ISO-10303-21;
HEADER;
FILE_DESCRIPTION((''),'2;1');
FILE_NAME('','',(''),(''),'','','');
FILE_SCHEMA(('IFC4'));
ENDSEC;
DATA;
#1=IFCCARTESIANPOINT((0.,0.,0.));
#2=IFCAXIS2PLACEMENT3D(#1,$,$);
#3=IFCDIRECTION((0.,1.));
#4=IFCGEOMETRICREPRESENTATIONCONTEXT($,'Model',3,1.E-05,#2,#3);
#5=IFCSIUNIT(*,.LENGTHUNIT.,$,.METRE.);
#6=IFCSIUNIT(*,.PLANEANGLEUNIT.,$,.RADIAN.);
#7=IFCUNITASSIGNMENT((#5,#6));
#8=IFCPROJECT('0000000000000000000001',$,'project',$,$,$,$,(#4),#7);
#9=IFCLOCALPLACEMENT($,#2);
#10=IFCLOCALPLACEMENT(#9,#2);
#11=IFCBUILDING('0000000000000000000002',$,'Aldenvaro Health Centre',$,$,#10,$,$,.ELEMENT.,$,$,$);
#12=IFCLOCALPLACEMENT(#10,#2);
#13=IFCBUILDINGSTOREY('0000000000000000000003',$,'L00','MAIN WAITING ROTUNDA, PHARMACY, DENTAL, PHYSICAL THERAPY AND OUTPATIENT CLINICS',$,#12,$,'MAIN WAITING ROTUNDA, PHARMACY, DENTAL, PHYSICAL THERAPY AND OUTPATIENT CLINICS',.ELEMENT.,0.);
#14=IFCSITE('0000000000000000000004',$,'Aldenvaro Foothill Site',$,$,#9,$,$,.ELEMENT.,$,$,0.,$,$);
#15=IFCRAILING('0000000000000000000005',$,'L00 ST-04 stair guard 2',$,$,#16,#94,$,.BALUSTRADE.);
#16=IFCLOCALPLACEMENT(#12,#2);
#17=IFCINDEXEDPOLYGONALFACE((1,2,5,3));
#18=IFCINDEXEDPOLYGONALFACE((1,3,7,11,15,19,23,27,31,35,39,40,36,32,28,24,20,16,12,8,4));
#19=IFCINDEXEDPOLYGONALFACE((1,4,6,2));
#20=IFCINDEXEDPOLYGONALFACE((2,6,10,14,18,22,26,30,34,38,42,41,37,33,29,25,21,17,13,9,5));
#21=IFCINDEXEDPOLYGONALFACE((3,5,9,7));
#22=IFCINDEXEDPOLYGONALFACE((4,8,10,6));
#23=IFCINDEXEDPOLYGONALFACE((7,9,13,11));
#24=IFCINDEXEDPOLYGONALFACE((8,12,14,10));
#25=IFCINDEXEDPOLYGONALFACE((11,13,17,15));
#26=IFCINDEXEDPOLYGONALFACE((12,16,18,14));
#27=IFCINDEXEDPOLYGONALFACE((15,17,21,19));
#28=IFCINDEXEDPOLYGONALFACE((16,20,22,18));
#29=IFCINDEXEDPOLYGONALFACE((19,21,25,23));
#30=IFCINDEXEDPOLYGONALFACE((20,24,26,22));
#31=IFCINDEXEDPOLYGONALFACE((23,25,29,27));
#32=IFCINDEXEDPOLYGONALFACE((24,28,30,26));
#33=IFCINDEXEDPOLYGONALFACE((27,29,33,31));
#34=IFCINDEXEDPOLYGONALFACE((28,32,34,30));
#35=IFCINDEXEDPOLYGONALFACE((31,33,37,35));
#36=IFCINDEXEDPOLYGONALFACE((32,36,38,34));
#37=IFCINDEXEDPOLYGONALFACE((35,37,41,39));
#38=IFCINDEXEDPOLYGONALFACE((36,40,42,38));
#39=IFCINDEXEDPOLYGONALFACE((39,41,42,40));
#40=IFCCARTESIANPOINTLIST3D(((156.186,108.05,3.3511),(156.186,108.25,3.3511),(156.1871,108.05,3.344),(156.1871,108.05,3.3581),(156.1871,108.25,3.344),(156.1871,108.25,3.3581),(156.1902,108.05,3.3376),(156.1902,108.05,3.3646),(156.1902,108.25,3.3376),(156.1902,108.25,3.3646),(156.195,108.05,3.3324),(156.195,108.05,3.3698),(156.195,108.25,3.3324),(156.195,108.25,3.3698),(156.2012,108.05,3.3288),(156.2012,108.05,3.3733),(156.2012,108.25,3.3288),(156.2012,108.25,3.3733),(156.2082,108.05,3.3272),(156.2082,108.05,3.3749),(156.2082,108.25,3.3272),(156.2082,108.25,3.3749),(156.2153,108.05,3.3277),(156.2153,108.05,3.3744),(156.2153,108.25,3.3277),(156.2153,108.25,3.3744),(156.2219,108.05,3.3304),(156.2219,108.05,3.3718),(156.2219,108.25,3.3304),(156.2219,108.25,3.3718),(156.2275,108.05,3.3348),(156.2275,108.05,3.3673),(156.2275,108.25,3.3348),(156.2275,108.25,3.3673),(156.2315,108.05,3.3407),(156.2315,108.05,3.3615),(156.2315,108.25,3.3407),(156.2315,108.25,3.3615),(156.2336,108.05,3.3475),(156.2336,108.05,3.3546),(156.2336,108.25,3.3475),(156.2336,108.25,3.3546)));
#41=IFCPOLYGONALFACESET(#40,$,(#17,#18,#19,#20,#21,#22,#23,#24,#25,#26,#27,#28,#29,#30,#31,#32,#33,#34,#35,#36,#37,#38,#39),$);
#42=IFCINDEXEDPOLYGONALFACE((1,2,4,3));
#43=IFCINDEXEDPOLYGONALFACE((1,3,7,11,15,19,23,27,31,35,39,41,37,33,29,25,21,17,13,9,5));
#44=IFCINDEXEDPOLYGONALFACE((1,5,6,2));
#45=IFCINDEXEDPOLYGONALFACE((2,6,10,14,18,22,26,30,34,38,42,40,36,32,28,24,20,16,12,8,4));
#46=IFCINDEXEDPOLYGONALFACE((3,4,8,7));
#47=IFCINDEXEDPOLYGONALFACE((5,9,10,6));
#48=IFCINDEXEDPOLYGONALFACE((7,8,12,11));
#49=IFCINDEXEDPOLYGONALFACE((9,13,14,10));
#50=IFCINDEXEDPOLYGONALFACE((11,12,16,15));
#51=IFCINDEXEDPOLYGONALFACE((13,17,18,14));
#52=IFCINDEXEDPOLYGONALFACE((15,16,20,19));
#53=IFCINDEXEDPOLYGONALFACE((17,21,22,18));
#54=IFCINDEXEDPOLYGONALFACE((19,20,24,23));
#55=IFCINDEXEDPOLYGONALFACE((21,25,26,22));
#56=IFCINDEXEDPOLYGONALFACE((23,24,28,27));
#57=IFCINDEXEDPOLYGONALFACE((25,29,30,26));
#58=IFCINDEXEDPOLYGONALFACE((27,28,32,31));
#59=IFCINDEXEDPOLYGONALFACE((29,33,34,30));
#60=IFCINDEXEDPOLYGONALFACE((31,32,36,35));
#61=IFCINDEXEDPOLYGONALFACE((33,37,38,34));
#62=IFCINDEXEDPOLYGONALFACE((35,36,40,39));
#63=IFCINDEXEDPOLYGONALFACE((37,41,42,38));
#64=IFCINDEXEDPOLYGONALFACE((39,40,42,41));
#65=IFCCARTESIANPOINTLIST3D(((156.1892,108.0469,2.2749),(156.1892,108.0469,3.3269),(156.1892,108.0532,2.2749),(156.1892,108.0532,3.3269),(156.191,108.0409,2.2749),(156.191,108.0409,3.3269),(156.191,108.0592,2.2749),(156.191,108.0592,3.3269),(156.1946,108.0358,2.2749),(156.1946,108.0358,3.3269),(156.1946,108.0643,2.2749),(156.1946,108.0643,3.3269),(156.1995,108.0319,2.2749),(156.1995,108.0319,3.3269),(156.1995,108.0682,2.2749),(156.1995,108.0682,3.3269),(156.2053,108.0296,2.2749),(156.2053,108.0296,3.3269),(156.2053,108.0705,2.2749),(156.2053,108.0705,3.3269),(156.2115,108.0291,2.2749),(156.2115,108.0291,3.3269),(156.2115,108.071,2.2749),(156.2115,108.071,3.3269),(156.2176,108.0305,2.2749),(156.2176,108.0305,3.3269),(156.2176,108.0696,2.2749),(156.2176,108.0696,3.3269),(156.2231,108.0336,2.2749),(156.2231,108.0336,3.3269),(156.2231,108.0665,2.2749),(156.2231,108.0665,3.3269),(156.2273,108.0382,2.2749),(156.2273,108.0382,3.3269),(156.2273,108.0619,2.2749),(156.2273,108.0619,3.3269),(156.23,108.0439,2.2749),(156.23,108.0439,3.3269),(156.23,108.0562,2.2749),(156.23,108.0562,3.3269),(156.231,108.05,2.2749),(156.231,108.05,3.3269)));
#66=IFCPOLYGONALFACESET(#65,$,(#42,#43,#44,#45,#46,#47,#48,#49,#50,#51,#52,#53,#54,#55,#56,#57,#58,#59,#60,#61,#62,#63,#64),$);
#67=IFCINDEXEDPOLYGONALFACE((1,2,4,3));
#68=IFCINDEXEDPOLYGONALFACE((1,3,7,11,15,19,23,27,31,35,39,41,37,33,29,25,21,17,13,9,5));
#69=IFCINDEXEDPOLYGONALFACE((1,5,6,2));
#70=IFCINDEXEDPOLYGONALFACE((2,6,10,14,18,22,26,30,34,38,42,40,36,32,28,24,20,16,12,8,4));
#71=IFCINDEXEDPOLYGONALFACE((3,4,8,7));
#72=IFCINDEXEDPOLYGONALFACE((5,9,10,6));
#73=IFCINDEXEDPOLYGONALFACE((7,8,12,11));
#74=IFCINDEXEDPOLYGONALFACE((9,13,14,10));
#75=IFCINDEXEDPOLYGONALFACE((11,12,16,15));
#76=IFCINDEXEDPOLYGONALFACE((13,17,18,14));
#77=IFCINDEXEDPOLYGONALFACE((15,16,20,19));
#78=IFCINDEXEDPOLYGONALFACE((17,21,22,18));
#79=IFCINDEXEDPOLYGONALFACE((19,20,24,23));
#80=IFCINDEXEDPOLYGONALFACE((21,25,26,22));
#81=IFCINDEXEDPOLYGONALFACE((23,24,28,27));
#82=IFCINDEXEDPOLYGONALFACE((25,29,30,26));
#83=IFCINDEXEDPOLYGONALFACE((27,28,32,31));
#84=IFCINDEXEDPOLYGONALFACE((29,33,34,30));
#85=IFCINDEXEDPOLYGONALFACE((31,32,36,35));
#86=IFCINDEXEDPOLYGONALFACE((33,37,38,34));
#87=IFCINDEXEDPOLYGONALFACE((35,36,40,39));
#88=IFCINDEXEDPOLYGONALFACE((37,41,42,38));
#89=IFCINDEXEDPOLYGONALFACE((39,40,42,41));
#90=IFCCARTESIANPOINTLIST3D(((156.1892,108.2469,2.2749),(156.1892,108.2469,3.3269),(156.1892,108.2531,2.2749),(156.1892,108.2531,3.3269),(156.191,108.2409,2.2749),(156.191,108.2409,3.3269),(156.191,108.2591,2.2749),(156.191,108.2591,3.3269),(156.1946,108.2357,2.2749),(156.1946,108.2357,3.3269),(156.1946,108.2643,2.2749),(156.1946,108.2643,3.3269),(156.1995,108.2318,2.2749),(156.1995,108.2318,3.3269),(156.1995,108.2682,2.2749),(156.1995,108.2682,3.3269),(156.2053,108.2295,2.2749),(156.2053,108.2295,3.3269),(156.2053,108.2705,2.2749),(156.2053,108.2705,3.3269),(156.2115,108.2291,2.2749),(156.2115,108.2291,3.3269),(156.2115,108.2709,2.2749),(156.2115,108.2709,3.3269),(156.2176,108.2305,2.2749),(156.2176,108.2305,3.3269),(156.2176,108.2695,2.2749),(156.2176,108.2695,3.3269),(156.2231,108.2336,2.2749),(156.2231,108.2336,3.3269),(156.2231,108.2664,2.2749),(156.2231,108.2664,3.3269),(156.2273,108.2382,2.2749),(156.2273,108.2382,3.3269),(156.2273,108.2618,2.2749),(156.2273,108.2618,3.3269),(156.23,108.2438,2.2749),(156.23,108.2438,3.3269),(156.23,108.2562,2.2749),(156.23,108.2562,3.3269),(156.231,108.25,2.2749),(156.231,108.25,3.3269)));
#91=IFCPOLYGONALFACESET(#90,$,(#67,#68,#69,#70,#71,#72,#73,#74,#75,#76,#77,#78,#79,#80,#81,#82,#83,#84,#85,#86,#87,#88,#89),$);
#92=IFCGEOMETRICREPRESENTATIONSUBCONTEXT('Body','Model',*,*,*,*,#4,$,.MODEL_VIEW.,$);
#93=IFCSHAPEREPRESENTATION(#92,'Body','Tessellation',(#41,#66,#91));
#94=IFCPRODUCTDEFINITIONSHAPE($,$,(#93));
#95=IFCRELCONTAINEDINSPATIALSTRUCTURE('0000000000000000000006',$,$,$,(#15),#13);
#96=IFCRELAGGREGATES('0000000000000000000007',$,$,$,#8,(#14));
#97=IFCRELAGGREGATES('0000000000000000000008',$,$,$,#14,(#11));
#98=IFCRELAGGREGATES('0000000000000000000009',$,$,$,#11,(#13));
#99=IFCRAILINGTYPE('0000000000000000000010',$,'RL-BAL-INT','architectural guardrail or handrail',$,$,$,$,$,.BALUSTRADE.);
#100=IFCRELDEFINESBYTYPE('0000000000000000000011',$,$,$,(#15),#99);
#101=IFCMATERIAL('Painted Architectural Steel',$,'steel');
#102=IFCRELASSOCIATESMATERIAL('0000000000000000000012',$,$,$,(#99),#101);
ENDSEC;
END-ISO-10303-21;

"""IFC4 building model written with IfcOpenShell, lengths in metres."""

from ifc_helpers import new_model, si_unit, direction, frame, origin, origin_2d, place, context, subcontext, project, spatial, circle, extrude, material, type_object, element, save


model = new_model("IFC4")

# Units and contexts
model_context = context("Model", 3, precision=1e-05, world=origin(), true_north=direction((0.0, 1.0)))
body_context = subcontext(model_context, "Body", "Model", "MODEL_VIEW")
ifc_project = project(units=[si_unit("LENGTHUNIT", "METRE"), si_unit("PLANEANGLEUNIT", "RADIAN")], contexts=[model_context])

# Site, building, storey
site_placement = place(None, origin())
site = spatial("IfcSite", under=ifc_project, at=site_placement, Name="Aldenvaro Foothill Site", CompositionType="ELEMENT", RefElevation=0.0)
building_placement = place(site_placement, origin())
building = spatial("IfcBuilding", under=site, at=building_placement, Name="Aldenvaro Health Centre", CompositionType="ELEMENT")
storey_placement = place(building_placement, origin())
storey = spatial("IfcBuildingStorey", under=building, at=storey_placement, Name="L00", Description="MAIN WAITING ROTUNDA, PHARMACY, DENTAL, PHYSICAL THERAPY AND OUTPATIENT CLINICS", LongName="MAIN WAITING ROTUNDA, PHARMACY, DENTAL, PHYSICAL THERAPY AND OUTPATIENT CLINICS", CompositionType="ELEMENT", Elevation=0.0)

# Railing
ifc_material_1 = material(Name="Painted Architectural Steel", Category="steel")
railing_type_1 = type_object("IfcRailingType", Name="RL-BAL-INT", Description="architectural guardrail or handrail", PredefinedType="BALUSTRADE", material=ifc_material_1)
railing_1_placement = place(storey_placement, frame((156.21, 108.05, 2.2749)))
element("IfcRailing", 1, at=railing_1_placement, inside=storey, type_object=railing_type_1, Name="L00 ST-04 stair guard 2", PredefinedType="BALUSTRADE", context=body_context, shape_type="SweptSolid", body=[
    extrude(circle(Radius=0.0239, at=origin_2d()), frame((0.0, 0.0, 1.0762), z_axis=(0.0, 1.0, 0.0), x_axis=(-1.0, 0.0, 0.0)), (0.0, 0.0, 1.0), 0.2),
    extrude(circle(Radius=0.021, at=origin_2d()), origin(), (0.0, 0.0, 1.0), 1.052),
    extrude(circle(Radius=0.021, at=origin_2d()), frame((0.0, 0.2, 0.0)), (0.0, 0.0, 1.0), 1.052),
])

save(model, "model.ifc")
